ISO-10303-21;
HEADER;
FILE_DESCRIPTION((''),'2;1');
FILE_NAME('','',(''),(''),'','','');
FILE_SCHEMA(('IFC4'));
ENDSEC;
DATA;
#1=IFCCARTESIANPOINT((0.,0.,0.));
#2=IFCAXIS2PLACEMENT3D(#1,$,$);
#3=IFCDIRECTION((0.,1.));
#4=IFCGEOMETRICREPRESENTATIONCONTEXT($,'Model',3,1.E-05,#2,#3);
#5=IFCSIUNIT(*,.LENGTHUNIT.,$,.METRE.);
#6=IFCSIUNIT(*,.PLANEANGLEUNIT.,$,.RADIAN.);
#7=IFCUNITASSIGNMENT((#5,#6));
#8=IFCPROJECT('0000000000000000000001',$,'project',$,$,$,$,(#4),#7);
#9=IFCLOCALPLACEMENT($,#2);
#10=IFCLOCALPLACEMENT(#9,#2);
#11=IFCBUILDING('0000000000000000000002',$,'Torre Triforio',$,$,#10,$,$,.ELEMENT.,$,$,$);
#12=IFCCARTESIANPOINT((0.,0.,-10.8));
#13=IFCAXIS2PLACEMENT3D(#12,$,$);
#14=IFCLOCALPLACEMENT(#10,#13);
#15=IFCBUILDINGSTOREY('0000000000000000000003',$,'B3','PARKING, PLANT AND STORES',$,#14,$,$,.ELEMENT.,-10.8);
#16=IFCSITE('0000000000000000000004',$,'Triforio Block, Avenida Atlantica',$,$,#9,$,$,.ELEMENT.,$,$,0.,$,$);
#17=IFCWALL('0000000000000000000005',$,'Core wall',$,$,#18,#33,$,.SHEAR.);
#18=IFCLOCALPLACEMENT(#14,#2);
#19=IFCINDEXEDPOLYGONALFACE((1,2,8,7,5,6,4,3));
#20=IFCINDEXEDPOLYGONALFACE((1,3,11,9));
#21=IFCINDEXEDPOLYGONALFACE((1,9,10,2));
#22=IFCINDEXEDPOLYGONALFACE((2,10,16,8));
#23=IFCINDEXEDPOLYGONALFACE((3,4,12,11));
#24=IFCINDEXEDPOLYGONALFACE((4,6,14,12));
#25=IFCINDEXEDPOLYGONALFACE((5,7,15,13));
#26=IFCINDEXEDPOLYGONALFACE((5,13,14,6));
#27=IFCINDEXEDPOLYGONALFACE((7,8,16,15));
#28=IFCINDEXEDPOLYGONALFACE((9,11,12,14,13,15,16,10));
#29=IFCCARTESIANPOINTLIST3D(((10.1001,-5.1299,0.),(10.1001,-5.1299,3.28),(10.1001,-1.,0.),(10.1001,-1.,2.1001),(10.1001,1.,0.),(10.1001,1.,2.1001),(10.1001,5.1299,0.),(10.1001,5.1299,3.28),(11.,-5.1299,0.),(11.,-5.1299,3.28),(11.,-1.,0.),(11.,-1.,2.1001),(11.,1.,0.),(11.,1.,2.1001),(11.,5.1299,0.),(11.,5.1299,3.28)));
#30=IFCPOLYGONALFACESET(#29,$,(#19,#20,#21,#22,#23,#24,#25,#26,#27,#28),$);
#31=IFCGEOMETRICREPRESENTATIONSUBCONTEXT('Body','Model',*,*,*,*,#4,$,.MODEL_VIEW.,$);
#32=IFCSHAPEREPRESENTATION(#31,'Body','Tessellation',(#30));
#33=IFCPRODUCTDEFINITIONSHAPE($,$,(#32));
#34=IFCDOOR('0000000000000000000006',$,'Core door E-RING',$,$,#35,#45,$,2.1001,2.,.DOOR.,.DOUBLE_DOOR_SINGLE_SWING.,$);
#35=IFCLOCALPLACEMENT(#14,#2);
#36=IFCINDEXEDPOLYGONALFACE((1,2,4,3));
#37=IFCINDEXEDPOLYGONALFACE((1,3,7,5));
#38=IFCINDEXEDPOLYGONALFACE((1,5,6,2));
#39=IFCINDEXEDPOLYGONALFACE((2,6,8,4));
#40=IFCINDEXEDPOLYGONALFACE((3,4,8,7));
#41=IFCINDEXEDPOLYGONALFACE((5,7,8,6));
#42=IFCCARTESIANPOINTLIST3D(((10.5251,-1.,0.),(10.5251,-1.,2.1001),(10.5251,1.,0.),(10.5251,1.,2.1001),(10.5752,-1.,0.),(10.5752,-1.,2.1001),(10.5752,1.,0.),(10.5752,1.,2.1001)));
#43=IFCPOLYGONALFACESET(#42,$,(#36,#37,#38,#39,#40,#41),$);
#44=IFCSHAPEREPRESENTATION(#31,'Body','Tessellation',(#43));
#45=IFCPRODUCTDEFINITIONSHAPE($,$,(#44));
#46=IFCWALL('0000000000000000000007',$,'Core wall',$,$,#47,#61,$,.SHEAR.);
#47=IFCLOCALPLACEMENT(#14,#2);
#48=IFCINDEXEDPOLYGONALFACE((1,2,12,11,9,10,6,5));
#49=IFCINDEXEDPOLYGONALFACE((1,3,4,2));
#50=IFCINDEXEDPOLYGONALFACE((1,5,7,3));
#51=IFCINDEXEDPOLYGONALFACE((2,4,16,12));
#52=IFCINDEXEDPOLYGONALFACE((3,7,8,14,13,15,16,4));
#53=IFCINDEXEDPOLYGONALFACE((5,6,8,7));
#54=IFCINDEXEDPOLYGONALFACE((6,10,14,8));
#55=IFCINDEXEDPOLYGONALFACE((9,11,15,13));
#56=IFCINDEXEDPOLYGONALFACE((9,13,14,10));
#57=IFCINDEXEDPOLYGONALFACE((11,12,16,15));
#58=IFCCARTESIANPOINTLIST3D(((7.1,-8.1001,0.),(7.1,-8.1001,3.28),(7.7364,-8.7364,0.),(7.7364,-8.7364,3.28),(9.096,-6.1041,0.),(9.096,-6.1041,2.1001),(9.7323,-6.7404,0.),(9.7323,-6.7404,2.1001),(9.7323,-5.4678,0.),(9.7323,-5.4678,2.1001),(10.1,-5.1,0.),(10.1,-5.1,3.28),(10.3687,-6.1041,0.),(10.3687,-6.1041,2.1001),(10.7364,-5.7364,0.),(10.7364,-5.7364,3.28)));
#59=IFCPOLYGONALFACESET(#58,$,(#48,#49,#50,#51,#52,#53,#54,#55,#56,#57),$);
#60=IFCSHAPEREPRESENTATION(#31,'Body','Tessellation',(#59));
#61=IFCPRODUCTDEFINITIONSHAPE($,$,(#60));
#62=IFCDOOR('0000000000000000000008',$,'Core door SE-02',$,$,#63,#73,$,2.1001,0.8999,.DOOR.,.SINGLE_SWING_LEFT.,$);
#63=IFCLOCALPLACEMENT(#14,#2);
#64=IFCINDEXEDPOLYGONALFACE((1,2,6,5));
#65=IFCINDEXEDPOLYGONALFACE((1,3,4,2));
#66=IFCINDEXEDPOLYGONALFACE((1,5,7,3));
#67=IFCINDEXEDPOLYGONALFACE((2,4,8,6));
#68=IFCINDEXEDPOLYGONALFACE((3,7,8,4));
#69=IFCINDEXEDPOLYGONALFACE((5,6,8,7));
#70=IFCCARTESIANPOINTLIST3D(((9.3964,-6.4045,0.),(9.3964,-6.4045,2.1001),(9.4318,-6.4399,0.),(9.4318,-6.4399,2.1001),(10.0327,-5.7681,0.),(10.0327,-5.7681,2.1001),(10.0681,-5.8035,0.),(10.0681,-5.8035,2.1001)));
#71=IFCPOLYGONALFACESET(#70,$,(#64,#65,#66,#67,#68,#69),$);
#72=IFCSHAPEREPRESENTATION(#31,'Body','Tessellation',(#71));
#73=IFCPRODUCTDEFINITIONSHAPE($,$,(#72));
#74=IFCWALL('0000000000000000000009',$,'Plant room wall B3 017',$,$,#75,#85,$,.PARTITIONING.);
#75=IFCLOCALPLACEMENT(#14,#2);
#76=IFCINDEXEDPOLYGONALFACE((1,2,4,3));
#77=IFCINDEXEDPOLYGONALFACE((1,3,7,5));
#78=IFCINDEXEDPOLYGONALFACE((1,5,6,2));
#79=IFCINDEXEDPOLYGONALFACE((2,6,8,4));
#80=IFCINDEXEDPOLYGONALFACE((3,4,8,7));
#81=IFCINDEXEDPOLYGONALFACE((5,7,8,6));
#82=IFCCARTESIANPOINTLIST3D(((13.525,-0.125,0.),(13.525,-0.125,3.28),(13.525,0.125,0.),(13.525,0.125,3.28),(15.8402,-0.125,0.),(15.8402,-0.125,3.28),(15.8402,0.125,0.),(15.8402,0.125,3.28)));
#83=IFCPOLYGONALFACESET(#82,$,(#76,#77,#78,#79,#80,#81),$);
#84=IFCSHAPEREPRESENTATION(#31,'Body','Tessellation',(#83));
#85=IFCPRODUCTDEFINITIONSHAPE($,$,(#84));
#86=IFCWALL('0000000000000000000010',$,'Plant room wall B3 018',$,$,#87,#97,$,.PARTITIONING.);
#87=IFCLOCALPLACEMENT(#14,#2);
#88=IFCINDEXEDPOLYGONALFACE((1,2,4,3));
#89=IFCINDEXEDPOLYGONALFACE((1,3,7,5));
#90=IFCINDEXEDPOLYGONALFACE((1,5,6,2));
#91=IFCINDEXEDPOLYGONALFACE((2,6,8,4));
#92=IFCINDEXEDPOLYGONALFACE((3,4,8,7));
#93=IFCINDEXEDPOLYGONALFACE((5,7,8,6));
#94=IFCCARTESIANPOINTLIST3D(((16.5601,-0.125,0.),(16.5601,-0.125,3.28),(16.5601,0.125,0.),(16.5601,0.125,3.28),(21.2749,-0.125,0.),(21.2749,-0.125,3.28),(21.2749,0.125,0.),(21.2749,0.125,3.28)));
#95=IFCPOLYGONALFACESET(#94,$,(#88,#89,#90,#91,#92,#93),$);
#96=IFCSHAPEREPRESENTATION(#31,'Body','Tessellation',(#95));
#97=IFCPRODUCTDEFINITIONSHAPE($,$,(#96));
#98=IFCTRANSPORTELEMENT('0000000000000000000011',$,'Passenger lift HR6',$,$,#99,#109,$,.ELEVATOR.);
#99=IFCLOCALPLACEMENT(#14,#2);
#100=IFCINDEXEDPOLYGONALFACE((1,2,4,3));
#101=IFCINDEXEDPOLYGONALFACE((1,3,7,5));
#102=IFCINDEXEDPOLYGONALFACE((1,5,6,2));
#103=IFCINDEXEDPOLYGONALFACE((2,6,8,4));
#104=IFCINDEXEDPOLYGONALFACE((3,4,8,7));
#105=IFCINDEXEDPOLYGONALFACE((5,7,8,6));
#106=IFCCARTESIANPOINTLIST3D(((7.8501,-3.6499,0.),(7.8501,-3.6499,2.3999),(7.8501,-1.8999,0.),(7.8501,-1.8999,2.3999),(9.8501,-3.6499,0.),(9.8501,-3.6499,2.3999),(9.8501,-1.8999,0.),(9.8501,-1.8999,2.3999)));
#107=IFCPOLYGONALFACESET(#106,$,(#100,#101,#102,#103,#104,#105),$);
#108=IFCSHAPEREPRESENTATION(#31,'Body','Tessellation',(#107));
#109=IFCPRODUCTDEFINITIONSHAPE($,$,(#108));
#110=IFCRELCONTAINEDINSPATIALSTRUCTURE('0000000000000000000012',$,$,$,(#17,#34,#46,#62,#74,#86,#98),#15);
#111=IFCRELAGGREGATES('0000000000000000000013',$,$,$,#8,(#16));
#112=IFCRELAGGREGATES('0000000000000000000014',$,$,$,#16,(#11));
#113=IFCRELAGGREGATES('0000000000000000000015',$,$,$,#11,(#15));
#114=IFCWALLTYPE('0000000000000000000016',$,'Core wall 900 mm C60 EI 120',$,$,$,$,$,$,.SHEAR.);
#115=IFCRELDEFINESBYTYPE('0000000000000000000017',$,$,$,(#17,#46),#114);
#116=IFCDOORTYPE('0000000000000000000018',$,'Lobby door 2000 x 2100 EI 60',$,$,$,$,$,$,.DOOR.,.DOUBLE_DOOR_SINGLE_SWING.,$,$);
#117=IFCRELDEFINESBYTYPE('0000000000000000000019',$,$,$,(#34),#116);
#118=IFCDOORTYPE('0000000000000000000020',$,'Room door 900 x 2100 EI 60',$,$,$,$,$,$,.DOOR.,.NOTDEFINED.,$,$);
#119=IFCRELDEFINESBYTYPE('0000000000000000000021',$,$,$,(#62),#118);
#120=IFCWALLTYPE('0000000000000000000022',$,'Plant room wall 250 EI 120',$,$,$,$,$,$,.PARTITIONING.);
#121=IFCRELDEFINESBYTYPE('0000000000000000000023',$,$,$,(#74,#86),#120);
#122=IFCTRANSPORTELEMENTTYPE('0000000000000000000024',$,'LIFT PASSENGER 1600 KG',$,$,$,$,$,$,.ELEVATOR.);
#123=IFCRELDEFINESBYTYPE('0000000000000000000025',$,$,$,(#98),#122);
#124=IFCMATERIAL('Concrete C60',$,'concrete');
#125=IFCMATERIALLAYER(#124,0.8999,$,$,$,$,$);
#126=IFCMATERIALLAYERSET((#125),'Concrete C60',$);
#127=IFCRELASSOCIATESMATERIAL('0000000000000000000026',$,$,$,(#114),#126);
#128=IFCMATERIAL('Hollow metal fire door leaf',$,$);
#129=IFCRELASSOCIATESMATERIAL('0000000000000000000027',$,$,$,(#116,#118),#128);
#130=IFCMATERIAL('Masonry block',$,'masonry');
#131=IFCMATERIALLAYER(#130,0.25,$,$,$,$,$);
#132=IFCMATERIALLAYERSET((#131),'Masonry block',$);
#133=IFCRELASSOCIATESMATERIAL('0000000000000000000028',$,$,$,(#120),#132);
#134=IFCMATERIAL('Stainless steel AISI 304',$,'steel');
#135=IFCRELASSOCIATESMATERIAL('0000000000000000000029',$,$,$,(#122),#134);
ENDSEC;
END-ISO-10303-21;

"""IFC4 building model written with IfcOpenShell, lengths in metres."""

from ifc_helpers import new_model, si_unit, direction, frame, frame_2d, origin, origin_2d, place, context, subcontext, project, spatial, rectangle, extrude, material, layer, layer_set, type_object, element, fill, save


model = new_model("IFC4")

# Units and contexts
model_context = context("Model", 3, precision=1e-05, world=origin(), true_north=direction((0.0, 1.0)))
body_context = subcontext(model_context, "Body", "Model", "MODEL_VIEW")
ifc_project = project(units=[si_unit("LENGTHUNIT", "METRE"), si_unit("PLANEANGLEUNIT", "RADIAN")], contexts=[model_context])

# Site, building, storey
site_placement = place(None, origin())
site = spatial("IfcSite", under=ifc_project, at=site_placement, Name="Triforio Block, Avenida Atlantica", CompositionType="ELEMENT", RefElevation=0.0)
building_placement = place(site_placement, origin())
building = spatial("IfcBuilding", under=site, at=building_placement, Name="Torre Triforio", CompositionType="ELEMENT")
storey_placement = place(building_placement, frame((0.0, 0.0, -10.8)))
storey = spatial("IfcBuildingStorey", under=building, at=storey_placement, Name="B3", Description="PARKING, PLANT AND STORES", CompositionType="ELEMENT", Elevation=-10.8)

# Walls, openings, doors
ifc_material_1 = material(Name="Concrete C60", Category="concrete")
ifc_layer_1 = layer(ifc_material_1, 0.8999)
ifc_layer_set_1 = layer_set([ifc_layer_1], Name="Concrete C60")
wall_type_1 = type_object("IfcWallType", Name="Core wall 900 mm C60 EI 120", PredefinedType="SHEAR", material=ifc_layer_set_1)
wall_1_placement = place(storey_placement, frame((10.55, -5.1299, 0.0), z_axis=(0.0, 0.0, 1.0), x_axis=(0.0, 1.0, 0.0)))
wall_1 = element("IfcWall", 1, at=wall_1_placement, inside=storey, type_object=wall_type_1, Name="Core wall", PredefinedType="SHEAR", context=body_context, shape_type="SweptSolid", body=[
    extrude(rectangle(XDim=10.2598, YDim=0.8999, at=frame_2d((5.1299, 0.0))), origin(), (0.0, 0.0, 1.0), 3.28),
])
opening_1_placement = place(wall_1_placement, frame((4.1299, 0.0, 0.0)))
opening_1 = element("IfcOpeningElement", 2, at=opening_1_placement, cuts=wall_1, PredefinedType="OPENING", context=body_context, shape_type="SweptSolid", body=[
    extrude(rectangle(XDim=2.0, YDim=2.1001, at=frame_2d((1.0, 1.05))), frame((0.0, 0.46, 0.0), z_axis=(0.0, -1.0, 0.0), x_axis=(1.0, 0.0, 0.0)), (0.0, 0.0, 1.0), 0.9199),
])
ifc_material_2 = material(Name="Hollow metal fire door leaf")
door_type_1 = type_object("IfcDoorType", Name="Lobby door 2000 x 2100 EI 60", OperationType="DOUBLE_DOOR_SINGLE_SWING", PredefinedType="DOOR", material=ifc_material_2)
door_1_placement = place(opening_1_placement, origin())
door_1 = element("IfcDoor", 3, at=door_1_placement, inside=storey, type_object=door_type_1, Name="Core door E-RING", OperationType="DOUBLE_DOOR_SINGLE_SWING", OverallHeight=2.1001, OverallWidth=2.0, PredefinedType="DOOR", context=body_context, shape_type="SweptSolid", body=[
    extrude(rectangle(XDim=2.0, YDim=2.1001, at=frame_2d((1.0, 1.05))), frame((0.0, 0.0249, 0.0), z_axis=(0.0, -1.0, 0.0), x_axis=(1.0, 0.0, 0.0)), (0.0, 0.0, 1.0), 0.05),
])
fill(opening_1, door_1)
wall_2_placement = place(storey_placement, frame((10.4182, -5.4182, 0.0), z_axis=(0.0, 0.0, 1.0), x_axis=(-0.707107, -0.707107, 0.0)))
wall_2 = element("IfcWall", 4, at=wall_2_placement, inside=storey, type_object=wall_type_1, Name="Core wall", PredefinedType="SHEAR", context=body_context, shape_type="SweptSolid", body=[
    extrude(rectangle(XDim=4.2427, YDim=0.8999, at=frame_2d((2.1213, 0.0))), origin(), (0.0, 0.0, 1.0), 3.28),
])
opening_2_placement = place(wall_2_placement, frame((0.52, 0.0, 0.0)))
opening_2 = element("IfcOpeningElement", 5, at=opening_2_placement, cuts=wall_2, PredefinedType="OPENING", context=body_context, shape_type="SweptSolid", body=[
    extrude(rectangle(XDim=0.8999, YDim=2.1001, at=frame_2d((0.45, 1.05))), frame((0.0, 0.46, 0.0), z_axis=(0.0, -1.0, 0.0), x_axis=(1.0, 0.0, 0.0)), (0.0, 0.0, 1.0), 0.9199),
])
door_type_2 = type_object("IfcDoorType", Name="Room door 900 x 2100 EI 60", OperationType="NOTDEFINED", PredefinedType="DOOR", material=ifc_material_2)
door_2_placement = place(opening_2_placement, origin())
door_2 = element("IfcDoor", 6, at=door_2_placement, inside=storey, type_object=door_type_2, Name="Core door SE-02", OperationType="SINGLE_SWING_LEFT", OverallHeight=2.1001, OverallWidth=0.8999, PredefinedType="DOOR", context=body_context, shape_type="SweptSolid", body=[
    extrude(rectangle(XDim=0.8999, YDim=2.1001, at=frame_2d((0.45, 1.05))), frame((0.0, 0.0249, 0.0), z_axis=(0.0, -1.0, 0.0), x_axis=(1.0, 0.0, 0.0)), (0.0, 0.0, 1.0), 0.05),
])
fill(opening_2, door_2)

# Walls
ifc_material_3 = material(Name="Masonry block", Category="masonry")
ifc_layer_2 = layer(ifc_material_3, 0.25)
ifc_layer_set_2 = layer_set([ifc_layer_2], Name="Masonry block")
wall_type_2 = type_object("IfcWallType", Name="Plant room wall 250 EI 120", PredefinedType="PARTITIONING", material=ifc_layer_set_2)
wall_3_placement = place(storey_placement, frame((13.5249, 0.0, 0.0), z_axis=(0.0, 0.0, 1.0), x_axis=(1.0, 0.0, 0.0)))
element("IfcWall", 7, at=wall_3_placement, inside=storey, type_object=wall_type_2, Name="Plant room wall B3 017", PredefinedType="PARTITIONING", context=body_context, shape_type="SweptSolid", body=[
    extrude(rectangle(XDim=2.3152, YDim=0.25, at=frame_2d((1.1577, 0.0))), origin(), (0.0, 0.0, 1.0), 3.28),
])
wall_4_placement = place(storey_placement, frame((16.5601, 0.0, 0.0), z_axis=(0.0, 0.0, 1.0), x_axis=(1.0, 0.0, 0.0)))
element("IfcWall", 8, at=wall_4_placement, inside=storey, type_object=wall_type_2, Name="Plant room wall B3 018", PredefinedType="PARTITIONING", context=body_context, shape_type="SweptSolid", body=[
    extrude(rectangle(XDim=4.7148, YDim=0.25, at=frame_2d((2.3574, 0.0))), origin(), (0.0, 0.0, 1.0), 3.28),
])

# Transport element
ifc_material_4 = material(Name="Stainless steel AISI 304", Category="steel")
transport_element_type = type_object("IfcTransportElementType", Name="LIFT PASSENGER 1600 KG", PredefinedType="ELEVATOR", material=ifc_material_4)
transport_element_placement = place(storey_placement, frame((8.8501, -2.7749, 0.0), z_axis=(0.0, 0.0, 1.0), x_axis=(1.0, 0.0, 0.0)))
element("IfcTransportElement", 9, at=transport_element_placement, inside=storey, type_object=transport_element_type, Name="Passenger lift HR6", PredefinedType="ELEVATOR", context=body_context, shape_type="SweptSolid", body=[
    extrude(rectangle(XDim=2.0, YDim=1.75, at=origin_2d()), origin(), (0.0, 0.0, 1.0), 2.3999),
])

save(model, "model.ifc")
